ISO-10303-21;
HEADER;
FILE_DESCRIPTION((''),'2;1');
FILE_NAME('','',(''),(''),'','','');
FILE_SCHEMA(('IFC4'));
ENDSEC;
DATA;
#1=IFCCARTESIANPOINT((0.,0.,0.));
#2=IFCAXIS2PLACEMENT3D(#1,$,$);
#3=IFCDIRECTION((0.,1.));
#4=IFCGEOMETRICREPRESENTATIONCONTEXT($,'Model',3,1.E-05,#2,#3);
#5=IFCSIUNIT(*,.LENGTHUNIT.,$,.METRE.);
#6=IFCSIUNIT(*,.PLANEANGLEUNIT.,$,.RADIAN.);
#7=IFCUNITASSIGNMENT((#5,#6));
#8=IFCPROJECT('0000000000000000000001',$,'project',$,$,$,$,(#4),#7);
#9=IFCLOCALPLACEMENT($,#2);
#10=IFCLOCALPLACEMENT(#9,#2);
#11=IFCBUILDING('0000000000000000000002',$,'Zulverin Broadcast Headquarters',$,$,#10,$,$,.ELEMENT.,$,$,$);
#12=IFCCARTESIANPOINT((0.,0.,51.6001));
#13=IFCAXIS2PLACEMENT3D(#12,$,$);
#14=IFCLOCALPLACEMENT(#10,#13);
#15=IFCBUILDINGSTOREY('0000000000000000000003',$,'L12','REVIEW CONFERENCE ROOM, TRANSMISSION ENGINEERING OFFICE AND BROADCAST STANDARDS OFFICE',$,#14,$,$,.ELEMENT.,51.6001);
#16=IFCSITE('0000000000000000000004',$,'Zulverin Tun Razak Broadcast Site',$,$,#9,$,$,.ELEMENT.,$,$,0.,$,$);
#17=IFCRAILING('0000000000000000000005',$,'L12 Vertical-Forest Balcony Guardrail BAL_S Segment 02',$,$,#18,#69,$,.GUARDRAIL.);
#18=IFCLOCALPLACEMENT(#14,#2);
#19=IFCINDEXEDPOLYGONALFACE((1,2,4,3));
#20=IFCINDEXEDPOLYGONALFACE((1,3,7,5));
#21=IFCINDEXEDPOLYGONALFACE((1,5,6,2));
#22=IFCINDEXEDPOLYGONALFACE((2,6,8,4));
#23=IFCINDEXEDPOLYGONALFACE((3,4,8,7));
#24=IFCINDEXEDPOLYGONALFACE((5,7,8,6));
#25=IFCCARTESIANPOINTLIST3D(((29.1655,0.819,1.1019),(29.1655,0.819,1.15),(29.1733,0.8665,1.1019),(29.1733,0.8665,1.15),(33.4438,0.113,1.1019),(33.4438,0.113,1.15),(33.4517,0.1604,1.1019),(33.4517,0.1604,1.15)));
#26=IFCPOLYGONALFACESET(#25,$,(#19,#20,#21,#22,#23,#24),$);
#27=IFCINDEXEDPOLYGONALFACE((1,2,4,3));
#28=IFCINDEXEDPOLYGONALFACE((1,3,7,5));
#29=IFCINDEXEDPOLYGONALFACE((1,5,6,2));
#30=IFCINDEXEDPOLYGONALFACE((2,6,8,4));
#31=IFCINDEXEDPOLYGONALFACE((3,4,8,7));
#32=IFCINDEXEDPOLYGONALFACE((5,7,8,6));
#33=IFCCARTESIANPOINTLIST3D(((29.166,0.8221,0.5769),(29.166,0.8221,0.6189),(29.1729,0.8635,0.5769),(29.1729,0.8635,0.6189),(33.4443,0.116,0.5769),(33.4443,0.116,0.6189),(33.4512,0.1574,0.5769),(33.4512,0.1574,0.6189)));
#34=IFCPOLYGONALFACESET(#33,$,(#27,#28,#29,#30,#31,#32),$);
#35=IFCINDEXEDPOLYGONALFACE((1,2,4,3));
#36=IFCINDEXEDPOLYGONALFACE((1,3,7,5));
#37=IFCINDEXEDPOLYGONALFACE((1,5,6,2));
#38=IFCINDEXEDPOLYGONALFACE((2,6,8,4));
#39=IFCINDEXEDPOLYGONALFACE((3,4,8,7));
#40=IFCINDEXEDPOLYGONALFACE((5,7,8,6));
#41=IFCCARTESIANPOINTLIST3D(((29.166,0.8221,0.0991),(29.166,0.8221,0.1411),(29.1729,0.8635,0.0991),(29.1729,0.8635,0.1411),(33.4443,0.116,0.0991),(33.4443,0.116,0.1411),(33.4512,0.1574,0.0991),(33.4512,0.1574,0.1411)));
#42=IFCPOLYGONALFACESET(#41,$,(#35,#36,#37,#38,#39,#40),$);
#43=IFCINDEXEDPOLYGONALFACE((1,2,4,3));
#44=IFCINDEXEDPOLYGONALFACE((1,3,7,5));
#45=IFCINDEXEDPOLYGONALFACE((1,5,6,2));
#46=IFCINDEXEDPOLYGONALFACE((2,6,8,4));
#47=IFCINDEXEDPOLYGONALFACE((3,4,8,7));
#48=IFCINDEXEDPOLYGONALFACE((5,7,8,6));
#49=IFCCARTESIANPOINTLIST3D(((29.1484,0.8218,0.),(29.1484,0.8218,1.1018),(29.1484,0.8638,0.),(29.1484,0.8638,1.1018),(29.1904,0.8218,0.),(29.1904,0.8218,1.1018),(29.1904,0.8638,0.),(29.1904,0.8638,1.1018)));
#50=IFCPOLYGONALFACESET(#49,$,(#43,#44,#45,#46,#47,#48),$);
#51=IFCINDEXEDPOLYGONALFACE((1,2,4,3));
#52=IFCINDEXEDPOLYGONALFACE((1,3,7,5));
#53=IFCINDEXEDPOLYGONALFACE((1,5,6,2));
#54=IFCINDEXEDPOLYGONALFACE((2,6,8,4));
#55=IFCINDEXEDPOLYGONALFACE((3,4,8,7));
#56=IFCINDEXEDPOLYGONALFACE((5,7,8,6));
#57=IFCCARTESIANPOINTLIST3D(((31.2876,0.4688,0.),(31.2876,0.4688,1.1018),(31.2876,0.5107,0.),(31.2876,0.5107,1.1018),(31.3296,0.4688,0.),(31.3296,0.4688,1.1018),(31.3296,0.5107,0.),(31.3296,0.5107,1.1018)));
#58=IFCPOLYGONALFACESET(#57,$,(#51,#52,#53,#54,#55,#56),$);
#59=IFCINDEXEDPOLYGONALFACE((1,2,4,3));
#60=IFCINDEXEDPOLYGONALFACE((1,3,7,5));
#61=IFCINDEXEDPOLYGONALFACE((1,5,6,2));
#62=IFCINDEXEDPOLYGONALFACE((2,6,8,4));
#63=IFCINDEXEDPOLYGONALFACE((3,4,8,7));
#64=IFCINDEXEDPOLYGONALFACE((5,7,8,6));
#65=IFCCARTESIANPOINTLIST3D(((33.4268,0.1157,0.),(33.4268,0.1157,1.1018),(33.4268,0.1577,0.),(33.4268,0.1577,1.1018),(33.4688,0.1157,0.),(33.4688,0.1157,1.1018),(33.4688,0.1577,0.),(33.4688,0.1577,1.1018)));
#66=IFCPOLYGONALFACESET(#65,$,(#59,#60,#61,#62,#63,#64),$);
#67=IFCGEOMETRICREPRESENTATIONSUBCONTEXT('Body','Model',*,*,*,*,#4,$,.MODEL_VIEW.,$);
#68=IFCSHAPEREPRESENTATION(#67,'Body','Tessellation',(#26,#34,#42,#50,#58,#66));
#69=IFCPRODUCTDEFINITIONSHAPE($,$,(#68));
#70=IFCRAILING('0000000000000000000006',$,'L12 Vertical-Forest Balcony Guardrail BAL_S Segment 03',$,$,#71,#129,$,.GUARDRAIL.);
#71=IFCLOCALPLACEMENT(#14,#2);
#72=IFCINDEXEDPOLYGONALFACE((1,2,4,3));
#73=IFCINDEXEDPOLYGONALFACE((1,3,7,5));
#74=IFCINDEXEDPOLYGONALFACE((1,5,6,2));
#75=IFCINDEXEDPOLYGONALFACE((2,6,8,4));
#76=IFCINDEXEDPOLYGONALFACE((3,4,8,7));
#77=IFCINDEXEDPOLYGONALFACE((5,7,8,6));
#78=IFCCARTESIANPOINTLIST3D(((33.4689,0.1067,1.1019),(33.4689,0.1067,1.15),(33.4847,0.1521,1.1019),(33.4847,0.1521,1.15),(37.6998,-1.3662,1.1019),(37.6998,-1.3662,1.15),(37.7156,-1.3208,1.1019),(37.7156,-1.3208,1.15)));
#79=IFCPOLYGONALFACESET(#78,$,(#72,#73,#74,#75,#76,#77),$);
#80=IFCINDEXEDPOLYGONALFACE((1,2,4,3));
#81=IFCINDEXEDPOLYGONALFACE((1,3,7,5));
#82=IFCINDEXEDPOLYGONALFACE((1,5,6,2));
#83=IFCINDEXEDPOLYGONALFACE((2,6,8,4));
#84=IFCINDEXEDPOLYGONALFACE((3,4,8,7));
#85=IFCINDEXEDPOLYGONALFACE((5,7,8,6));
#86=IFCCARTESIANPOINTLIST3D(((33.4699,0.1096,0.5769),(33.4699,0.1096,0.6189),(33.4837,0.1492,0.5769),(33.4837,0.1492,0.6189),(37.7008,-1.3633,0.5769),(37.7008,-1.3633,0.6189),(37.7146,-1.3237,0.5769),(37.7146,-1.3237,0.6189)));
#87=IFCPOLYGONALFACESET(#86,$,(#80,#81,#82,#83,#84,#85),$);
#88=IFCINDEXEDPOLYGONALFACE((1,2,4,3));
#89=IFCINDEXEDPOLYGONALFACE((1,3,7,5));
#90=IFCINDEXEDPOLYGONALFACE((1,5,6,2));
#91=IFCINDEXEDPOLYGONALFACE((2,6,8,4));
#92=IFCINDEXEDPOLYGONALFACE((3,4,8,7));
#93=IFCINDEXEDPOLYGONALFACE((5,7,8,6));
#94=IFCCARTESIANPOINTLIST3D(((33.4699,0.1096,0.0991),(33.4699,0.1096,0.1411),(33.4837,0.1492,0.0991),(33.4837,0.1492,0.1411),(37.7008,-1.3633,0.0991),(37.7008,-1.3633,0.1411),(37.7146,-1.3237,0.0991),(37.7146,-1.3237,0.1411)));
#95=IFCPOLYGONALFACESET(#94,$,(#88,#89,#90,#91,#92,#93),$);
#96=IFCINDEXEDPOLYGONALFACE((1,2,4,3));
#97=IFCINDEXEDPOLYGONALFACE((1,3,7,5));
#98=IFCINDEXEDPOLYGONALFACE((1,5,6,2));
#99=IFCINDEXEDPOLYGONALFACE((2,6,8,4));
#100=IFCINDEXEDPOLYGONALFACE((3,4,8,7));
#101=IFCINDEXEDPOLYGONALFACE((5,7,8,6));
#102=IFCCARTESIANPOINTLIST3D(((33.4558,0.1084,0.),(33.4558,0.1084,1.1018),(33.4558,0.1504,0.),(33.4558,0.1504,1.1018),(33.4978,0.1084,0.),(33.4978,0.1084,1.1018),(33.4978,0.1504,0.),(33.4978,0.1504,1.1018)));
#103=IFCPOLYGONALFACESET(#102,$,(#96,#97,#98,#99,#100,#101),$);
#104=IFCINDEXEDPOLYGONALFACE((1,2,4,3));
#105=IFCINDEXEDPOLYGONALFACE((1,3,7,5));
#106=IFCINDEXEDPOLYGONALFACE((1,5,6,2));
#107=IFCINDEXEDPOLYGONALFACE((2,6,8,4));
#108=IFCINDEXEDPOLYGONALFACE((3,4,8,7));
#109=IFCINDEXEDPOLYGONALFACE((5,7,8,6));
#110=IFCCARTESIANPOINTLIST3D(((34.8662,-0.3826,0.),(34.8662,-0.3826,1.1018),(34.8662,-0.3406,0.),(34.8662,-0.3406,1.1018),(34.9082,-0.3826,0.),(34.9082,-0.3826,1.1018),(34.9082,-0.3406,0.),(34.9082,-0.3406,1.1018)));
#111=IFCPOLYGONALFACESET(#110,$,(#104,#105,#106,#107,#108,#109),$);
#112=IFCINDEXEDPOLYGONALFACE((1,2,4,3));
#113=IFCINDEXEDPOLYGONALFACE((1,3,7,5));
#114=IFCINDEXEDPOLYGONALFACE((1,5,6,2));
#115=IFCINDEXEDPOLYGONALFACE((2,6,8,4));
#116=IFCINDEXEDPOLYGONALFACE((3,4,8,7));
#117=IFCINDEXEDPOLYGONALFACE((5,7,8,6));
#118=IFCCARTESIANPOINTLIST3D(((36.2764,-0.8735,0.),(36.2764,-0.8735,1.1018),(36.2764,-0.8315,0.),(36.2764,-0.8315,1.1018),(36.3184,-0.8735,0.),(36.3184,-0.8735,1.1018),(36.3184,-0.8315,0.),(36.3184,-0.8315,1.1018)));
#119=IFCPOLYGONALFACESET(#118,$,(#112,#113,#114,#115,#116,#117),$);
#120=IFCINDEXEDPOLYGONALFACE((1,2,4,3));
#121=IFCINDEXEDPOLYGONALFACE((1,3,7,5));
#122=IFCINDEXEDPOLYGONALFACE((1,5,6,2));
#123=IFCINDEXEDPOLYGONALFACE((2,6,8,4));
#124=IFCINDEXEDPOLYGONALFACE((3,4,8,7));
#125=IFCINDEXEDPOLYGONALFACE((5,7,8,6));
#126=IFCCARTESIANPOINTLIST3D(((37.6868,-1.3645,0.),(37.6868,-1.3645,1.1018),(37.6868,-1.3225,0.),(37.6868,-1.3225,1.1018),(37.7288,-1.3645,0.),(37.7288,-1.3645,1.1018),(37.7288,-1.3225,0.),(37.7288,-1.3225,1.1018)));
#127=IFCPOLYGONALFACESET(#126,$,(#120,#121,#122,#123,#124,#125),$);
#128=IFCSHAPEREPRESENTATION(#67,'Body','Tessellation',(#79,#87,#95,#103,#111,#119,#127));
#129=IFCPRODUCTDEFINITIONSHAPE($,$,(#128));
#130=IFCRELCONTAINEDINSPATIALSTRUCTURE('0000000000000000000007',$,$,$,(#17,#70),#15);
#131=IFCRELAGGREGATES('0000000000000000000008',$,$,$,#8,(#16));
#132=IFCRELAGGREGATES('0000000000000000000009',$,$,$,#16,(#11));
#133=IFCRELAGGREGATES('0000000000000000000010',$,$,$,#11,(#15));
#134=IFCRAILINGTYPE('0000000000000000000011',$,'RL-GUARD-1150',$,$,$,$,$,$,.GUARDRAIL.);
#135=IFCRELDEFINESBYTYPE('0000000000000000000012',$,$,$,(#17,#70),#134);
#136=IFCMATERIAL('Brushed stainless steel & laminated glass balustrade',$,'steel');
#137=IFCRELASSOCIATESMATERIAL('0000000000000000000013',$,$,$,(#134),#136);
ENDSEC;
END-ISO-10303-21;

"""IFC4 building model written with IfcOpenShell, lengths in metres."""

from ifc_helpers import new_model, si_unit, direction, frame, origin, origin_2d, place, context, subcontext, project, spatial, rectangle, extrude, material, type_object, element, save


model = new_model("IFC4")

# Units and contexts
model_context = context("Model", 3, precision=1e-05, world=origin(), true_north=direction((0.0, 1.0)))
body_context = subcontext(model_context, "Body", "Model", "MODEL_VIEW")
ifc_project = project(units=[si_unit("LENGTHUNIT", "METRE"), si_unit("PLANEANGLEUNIT", "RADIAN")], contexts=[model_context])

# Site, building, storey
site_placement = place(None, origin())
site = spatial("IfcSite", under=ifc_project, at=site_placement, Name="Zulverin Tun Razak Broadcast Site", CompositionType="ELEMENT", RefElevation=0.0)
building_placement = place(site_placement, origin())
building = spatial("IfcBuilding", under=site, at=building_placement, Name="Zulverin Broadcast Headquarters", CompositionType="ELEMENT")
storey_placement = place(building_placement, frame((0.0, 0.0, 51.6001)))
storey = spatial("IfcBuildingStorey", under=building, at=storey_placement, Name="L12", Description="REVIEW CONFERENCE ROOM, TRANSMISSION ENGINEERING OFFICE AND BROADCAST STANDARDS OFFICE", CompositionType="ELEMENT", Elevation=51.6001)

# Railings
ifc_material_1 = material(Name="Brushed stainless steel & laminated glass balustrade", Category="steel")
railing_type = type_object("IfcRailingType", Name="RL-GUARD-1150", PredefinedType="GUARDRAIL", material=ifc_material_1)
railing_1_placement = place(storey_placement, frame((29.1694, 0.8428, 0.0)))
element("IfcRailing", 1, at=railing_1_placement, inside=storey, type_object=railing_type, Name="L12 Vertical-Forest Balcony Guardrail BAL_S Segment 02", PredefinedType="GUARDRAIL", context=body_context, shape_type="SweptSolid", body=[
    extrude(rectangle(XDim=0.0481, YDim=0.0481, at=origin_2d()), frame((0.0, 0.0, 1.126), z_axis=(0.986654, -0.162828, 0.0), x_axis=(0.162828, 0.986654, 0.0)), (0.0, 0.0, 1.0), 4.3362),
    extrude(rectangle(XDim=0.042, YDim=0.042, at=origin_2d()), frame((0.0, 0.0, 0.5979), z_axis=(0.986654, -0.162828, 0.0), x_axis=(0.162828, 0.986654, 0.0)), (0.0, 0.0, 1.0), 4.3362),
    extrude(rectangle(XDim=0.042, YDim=0.042, at=origin_2d()), frame((0.0, 0.0, 0.1201), z_axis=(0.986654, -0.162828, 0.0), x_axis=(0.162828, 0.986654, 0.0)), (0.0, 0.0, 1.0), 4.3362),
    extrude(rectangle(XDim=0.042, YDim=0.042, at=origin_2d()), origin(), (0.0, 0.0, 1.0), 1.1018),
    extrude(rectangle(XDim=0.042, YDim=0.042, at=origin_2d()), frame((2.1392, -0.353, 0.0)), (0.0, 0.0, 1.0), 1.1018),
    extrude(rectangle(XDim=0.042, YDim=0.042, at=origin_2d()), frame((4.2783, -0.7061, 0.0)), (0.0, 0.0, 1.0), 1.1018),
])
railing_2_placement = place(storey_placement, frame((33.4768, 0.1294, 0.0)))
element("IfcRailing", 2, at=railing_2_placement, inside=storey, type_object=railing_type, Name="L12 Vertical-Forest Balcony Guardrail BAL_S Segment 03", PredefinedType="GUARDRAIL", context=body_context, shape_type="SweptSolid", body=[
    extrude(rectangle(XDim=0.0481, YDim=0.0481, at=origin_2d()), frame((0.0, 0.0, 1.126), z_axis=(0.944409, -0.328772, 0.0), x_axis=(0.328772, 0.944409, 0.0)), (0.0, 0.0, 1.0), 4.48),
    extrude(rectangle(XDim=0.042, YDim=0.042, at=origin_2d()), frame((0.0, 0.0, 0.5979), z_axis=(0.944409, -0.328772, 0.0), x_axis=(0.328772, 0.944409, 0.0)), (0.0, 0.0, 1.0), 4.48),
    extrude(rectangle(XDim=0.042, YDim=0.042, at=origin_2d()), frame((0.0, 0.0, 0.1201), z_axis=(0.944409, -0.328772, 0.0), x_axis=(0.328772, 0.944409, 0.0)), (0.0, 0.0, 1.0), 4.48),
    extrude(rectangle(XDim=0.042, YDim=0.042, at=origin_2d()), origin(), (0.0, 0.0, 1.0), 1.1018),
    extrude(rectangle(XDim=0.042, YDim=0.042, at=origin_2d()), frame((1.4104, -0.491, 0.0)), (0.0, 0.0, 1.0), 1.1018),
    extrude(rectangle(XDim=0.042, YDim=0.042, at=origin_2d()), frame((2.8206, -0.9819, 0.0)), (0.0, 0.0, 1.0), 1.1018),
    extrude(rectangle(XDim=0.042, YDim=0.042, at=origin_2d()), frame((4.231, -1.4729, 0.0)), (0.0, 0.0, 1.0), 1.1018),
])

save(model, "model.ifc")
